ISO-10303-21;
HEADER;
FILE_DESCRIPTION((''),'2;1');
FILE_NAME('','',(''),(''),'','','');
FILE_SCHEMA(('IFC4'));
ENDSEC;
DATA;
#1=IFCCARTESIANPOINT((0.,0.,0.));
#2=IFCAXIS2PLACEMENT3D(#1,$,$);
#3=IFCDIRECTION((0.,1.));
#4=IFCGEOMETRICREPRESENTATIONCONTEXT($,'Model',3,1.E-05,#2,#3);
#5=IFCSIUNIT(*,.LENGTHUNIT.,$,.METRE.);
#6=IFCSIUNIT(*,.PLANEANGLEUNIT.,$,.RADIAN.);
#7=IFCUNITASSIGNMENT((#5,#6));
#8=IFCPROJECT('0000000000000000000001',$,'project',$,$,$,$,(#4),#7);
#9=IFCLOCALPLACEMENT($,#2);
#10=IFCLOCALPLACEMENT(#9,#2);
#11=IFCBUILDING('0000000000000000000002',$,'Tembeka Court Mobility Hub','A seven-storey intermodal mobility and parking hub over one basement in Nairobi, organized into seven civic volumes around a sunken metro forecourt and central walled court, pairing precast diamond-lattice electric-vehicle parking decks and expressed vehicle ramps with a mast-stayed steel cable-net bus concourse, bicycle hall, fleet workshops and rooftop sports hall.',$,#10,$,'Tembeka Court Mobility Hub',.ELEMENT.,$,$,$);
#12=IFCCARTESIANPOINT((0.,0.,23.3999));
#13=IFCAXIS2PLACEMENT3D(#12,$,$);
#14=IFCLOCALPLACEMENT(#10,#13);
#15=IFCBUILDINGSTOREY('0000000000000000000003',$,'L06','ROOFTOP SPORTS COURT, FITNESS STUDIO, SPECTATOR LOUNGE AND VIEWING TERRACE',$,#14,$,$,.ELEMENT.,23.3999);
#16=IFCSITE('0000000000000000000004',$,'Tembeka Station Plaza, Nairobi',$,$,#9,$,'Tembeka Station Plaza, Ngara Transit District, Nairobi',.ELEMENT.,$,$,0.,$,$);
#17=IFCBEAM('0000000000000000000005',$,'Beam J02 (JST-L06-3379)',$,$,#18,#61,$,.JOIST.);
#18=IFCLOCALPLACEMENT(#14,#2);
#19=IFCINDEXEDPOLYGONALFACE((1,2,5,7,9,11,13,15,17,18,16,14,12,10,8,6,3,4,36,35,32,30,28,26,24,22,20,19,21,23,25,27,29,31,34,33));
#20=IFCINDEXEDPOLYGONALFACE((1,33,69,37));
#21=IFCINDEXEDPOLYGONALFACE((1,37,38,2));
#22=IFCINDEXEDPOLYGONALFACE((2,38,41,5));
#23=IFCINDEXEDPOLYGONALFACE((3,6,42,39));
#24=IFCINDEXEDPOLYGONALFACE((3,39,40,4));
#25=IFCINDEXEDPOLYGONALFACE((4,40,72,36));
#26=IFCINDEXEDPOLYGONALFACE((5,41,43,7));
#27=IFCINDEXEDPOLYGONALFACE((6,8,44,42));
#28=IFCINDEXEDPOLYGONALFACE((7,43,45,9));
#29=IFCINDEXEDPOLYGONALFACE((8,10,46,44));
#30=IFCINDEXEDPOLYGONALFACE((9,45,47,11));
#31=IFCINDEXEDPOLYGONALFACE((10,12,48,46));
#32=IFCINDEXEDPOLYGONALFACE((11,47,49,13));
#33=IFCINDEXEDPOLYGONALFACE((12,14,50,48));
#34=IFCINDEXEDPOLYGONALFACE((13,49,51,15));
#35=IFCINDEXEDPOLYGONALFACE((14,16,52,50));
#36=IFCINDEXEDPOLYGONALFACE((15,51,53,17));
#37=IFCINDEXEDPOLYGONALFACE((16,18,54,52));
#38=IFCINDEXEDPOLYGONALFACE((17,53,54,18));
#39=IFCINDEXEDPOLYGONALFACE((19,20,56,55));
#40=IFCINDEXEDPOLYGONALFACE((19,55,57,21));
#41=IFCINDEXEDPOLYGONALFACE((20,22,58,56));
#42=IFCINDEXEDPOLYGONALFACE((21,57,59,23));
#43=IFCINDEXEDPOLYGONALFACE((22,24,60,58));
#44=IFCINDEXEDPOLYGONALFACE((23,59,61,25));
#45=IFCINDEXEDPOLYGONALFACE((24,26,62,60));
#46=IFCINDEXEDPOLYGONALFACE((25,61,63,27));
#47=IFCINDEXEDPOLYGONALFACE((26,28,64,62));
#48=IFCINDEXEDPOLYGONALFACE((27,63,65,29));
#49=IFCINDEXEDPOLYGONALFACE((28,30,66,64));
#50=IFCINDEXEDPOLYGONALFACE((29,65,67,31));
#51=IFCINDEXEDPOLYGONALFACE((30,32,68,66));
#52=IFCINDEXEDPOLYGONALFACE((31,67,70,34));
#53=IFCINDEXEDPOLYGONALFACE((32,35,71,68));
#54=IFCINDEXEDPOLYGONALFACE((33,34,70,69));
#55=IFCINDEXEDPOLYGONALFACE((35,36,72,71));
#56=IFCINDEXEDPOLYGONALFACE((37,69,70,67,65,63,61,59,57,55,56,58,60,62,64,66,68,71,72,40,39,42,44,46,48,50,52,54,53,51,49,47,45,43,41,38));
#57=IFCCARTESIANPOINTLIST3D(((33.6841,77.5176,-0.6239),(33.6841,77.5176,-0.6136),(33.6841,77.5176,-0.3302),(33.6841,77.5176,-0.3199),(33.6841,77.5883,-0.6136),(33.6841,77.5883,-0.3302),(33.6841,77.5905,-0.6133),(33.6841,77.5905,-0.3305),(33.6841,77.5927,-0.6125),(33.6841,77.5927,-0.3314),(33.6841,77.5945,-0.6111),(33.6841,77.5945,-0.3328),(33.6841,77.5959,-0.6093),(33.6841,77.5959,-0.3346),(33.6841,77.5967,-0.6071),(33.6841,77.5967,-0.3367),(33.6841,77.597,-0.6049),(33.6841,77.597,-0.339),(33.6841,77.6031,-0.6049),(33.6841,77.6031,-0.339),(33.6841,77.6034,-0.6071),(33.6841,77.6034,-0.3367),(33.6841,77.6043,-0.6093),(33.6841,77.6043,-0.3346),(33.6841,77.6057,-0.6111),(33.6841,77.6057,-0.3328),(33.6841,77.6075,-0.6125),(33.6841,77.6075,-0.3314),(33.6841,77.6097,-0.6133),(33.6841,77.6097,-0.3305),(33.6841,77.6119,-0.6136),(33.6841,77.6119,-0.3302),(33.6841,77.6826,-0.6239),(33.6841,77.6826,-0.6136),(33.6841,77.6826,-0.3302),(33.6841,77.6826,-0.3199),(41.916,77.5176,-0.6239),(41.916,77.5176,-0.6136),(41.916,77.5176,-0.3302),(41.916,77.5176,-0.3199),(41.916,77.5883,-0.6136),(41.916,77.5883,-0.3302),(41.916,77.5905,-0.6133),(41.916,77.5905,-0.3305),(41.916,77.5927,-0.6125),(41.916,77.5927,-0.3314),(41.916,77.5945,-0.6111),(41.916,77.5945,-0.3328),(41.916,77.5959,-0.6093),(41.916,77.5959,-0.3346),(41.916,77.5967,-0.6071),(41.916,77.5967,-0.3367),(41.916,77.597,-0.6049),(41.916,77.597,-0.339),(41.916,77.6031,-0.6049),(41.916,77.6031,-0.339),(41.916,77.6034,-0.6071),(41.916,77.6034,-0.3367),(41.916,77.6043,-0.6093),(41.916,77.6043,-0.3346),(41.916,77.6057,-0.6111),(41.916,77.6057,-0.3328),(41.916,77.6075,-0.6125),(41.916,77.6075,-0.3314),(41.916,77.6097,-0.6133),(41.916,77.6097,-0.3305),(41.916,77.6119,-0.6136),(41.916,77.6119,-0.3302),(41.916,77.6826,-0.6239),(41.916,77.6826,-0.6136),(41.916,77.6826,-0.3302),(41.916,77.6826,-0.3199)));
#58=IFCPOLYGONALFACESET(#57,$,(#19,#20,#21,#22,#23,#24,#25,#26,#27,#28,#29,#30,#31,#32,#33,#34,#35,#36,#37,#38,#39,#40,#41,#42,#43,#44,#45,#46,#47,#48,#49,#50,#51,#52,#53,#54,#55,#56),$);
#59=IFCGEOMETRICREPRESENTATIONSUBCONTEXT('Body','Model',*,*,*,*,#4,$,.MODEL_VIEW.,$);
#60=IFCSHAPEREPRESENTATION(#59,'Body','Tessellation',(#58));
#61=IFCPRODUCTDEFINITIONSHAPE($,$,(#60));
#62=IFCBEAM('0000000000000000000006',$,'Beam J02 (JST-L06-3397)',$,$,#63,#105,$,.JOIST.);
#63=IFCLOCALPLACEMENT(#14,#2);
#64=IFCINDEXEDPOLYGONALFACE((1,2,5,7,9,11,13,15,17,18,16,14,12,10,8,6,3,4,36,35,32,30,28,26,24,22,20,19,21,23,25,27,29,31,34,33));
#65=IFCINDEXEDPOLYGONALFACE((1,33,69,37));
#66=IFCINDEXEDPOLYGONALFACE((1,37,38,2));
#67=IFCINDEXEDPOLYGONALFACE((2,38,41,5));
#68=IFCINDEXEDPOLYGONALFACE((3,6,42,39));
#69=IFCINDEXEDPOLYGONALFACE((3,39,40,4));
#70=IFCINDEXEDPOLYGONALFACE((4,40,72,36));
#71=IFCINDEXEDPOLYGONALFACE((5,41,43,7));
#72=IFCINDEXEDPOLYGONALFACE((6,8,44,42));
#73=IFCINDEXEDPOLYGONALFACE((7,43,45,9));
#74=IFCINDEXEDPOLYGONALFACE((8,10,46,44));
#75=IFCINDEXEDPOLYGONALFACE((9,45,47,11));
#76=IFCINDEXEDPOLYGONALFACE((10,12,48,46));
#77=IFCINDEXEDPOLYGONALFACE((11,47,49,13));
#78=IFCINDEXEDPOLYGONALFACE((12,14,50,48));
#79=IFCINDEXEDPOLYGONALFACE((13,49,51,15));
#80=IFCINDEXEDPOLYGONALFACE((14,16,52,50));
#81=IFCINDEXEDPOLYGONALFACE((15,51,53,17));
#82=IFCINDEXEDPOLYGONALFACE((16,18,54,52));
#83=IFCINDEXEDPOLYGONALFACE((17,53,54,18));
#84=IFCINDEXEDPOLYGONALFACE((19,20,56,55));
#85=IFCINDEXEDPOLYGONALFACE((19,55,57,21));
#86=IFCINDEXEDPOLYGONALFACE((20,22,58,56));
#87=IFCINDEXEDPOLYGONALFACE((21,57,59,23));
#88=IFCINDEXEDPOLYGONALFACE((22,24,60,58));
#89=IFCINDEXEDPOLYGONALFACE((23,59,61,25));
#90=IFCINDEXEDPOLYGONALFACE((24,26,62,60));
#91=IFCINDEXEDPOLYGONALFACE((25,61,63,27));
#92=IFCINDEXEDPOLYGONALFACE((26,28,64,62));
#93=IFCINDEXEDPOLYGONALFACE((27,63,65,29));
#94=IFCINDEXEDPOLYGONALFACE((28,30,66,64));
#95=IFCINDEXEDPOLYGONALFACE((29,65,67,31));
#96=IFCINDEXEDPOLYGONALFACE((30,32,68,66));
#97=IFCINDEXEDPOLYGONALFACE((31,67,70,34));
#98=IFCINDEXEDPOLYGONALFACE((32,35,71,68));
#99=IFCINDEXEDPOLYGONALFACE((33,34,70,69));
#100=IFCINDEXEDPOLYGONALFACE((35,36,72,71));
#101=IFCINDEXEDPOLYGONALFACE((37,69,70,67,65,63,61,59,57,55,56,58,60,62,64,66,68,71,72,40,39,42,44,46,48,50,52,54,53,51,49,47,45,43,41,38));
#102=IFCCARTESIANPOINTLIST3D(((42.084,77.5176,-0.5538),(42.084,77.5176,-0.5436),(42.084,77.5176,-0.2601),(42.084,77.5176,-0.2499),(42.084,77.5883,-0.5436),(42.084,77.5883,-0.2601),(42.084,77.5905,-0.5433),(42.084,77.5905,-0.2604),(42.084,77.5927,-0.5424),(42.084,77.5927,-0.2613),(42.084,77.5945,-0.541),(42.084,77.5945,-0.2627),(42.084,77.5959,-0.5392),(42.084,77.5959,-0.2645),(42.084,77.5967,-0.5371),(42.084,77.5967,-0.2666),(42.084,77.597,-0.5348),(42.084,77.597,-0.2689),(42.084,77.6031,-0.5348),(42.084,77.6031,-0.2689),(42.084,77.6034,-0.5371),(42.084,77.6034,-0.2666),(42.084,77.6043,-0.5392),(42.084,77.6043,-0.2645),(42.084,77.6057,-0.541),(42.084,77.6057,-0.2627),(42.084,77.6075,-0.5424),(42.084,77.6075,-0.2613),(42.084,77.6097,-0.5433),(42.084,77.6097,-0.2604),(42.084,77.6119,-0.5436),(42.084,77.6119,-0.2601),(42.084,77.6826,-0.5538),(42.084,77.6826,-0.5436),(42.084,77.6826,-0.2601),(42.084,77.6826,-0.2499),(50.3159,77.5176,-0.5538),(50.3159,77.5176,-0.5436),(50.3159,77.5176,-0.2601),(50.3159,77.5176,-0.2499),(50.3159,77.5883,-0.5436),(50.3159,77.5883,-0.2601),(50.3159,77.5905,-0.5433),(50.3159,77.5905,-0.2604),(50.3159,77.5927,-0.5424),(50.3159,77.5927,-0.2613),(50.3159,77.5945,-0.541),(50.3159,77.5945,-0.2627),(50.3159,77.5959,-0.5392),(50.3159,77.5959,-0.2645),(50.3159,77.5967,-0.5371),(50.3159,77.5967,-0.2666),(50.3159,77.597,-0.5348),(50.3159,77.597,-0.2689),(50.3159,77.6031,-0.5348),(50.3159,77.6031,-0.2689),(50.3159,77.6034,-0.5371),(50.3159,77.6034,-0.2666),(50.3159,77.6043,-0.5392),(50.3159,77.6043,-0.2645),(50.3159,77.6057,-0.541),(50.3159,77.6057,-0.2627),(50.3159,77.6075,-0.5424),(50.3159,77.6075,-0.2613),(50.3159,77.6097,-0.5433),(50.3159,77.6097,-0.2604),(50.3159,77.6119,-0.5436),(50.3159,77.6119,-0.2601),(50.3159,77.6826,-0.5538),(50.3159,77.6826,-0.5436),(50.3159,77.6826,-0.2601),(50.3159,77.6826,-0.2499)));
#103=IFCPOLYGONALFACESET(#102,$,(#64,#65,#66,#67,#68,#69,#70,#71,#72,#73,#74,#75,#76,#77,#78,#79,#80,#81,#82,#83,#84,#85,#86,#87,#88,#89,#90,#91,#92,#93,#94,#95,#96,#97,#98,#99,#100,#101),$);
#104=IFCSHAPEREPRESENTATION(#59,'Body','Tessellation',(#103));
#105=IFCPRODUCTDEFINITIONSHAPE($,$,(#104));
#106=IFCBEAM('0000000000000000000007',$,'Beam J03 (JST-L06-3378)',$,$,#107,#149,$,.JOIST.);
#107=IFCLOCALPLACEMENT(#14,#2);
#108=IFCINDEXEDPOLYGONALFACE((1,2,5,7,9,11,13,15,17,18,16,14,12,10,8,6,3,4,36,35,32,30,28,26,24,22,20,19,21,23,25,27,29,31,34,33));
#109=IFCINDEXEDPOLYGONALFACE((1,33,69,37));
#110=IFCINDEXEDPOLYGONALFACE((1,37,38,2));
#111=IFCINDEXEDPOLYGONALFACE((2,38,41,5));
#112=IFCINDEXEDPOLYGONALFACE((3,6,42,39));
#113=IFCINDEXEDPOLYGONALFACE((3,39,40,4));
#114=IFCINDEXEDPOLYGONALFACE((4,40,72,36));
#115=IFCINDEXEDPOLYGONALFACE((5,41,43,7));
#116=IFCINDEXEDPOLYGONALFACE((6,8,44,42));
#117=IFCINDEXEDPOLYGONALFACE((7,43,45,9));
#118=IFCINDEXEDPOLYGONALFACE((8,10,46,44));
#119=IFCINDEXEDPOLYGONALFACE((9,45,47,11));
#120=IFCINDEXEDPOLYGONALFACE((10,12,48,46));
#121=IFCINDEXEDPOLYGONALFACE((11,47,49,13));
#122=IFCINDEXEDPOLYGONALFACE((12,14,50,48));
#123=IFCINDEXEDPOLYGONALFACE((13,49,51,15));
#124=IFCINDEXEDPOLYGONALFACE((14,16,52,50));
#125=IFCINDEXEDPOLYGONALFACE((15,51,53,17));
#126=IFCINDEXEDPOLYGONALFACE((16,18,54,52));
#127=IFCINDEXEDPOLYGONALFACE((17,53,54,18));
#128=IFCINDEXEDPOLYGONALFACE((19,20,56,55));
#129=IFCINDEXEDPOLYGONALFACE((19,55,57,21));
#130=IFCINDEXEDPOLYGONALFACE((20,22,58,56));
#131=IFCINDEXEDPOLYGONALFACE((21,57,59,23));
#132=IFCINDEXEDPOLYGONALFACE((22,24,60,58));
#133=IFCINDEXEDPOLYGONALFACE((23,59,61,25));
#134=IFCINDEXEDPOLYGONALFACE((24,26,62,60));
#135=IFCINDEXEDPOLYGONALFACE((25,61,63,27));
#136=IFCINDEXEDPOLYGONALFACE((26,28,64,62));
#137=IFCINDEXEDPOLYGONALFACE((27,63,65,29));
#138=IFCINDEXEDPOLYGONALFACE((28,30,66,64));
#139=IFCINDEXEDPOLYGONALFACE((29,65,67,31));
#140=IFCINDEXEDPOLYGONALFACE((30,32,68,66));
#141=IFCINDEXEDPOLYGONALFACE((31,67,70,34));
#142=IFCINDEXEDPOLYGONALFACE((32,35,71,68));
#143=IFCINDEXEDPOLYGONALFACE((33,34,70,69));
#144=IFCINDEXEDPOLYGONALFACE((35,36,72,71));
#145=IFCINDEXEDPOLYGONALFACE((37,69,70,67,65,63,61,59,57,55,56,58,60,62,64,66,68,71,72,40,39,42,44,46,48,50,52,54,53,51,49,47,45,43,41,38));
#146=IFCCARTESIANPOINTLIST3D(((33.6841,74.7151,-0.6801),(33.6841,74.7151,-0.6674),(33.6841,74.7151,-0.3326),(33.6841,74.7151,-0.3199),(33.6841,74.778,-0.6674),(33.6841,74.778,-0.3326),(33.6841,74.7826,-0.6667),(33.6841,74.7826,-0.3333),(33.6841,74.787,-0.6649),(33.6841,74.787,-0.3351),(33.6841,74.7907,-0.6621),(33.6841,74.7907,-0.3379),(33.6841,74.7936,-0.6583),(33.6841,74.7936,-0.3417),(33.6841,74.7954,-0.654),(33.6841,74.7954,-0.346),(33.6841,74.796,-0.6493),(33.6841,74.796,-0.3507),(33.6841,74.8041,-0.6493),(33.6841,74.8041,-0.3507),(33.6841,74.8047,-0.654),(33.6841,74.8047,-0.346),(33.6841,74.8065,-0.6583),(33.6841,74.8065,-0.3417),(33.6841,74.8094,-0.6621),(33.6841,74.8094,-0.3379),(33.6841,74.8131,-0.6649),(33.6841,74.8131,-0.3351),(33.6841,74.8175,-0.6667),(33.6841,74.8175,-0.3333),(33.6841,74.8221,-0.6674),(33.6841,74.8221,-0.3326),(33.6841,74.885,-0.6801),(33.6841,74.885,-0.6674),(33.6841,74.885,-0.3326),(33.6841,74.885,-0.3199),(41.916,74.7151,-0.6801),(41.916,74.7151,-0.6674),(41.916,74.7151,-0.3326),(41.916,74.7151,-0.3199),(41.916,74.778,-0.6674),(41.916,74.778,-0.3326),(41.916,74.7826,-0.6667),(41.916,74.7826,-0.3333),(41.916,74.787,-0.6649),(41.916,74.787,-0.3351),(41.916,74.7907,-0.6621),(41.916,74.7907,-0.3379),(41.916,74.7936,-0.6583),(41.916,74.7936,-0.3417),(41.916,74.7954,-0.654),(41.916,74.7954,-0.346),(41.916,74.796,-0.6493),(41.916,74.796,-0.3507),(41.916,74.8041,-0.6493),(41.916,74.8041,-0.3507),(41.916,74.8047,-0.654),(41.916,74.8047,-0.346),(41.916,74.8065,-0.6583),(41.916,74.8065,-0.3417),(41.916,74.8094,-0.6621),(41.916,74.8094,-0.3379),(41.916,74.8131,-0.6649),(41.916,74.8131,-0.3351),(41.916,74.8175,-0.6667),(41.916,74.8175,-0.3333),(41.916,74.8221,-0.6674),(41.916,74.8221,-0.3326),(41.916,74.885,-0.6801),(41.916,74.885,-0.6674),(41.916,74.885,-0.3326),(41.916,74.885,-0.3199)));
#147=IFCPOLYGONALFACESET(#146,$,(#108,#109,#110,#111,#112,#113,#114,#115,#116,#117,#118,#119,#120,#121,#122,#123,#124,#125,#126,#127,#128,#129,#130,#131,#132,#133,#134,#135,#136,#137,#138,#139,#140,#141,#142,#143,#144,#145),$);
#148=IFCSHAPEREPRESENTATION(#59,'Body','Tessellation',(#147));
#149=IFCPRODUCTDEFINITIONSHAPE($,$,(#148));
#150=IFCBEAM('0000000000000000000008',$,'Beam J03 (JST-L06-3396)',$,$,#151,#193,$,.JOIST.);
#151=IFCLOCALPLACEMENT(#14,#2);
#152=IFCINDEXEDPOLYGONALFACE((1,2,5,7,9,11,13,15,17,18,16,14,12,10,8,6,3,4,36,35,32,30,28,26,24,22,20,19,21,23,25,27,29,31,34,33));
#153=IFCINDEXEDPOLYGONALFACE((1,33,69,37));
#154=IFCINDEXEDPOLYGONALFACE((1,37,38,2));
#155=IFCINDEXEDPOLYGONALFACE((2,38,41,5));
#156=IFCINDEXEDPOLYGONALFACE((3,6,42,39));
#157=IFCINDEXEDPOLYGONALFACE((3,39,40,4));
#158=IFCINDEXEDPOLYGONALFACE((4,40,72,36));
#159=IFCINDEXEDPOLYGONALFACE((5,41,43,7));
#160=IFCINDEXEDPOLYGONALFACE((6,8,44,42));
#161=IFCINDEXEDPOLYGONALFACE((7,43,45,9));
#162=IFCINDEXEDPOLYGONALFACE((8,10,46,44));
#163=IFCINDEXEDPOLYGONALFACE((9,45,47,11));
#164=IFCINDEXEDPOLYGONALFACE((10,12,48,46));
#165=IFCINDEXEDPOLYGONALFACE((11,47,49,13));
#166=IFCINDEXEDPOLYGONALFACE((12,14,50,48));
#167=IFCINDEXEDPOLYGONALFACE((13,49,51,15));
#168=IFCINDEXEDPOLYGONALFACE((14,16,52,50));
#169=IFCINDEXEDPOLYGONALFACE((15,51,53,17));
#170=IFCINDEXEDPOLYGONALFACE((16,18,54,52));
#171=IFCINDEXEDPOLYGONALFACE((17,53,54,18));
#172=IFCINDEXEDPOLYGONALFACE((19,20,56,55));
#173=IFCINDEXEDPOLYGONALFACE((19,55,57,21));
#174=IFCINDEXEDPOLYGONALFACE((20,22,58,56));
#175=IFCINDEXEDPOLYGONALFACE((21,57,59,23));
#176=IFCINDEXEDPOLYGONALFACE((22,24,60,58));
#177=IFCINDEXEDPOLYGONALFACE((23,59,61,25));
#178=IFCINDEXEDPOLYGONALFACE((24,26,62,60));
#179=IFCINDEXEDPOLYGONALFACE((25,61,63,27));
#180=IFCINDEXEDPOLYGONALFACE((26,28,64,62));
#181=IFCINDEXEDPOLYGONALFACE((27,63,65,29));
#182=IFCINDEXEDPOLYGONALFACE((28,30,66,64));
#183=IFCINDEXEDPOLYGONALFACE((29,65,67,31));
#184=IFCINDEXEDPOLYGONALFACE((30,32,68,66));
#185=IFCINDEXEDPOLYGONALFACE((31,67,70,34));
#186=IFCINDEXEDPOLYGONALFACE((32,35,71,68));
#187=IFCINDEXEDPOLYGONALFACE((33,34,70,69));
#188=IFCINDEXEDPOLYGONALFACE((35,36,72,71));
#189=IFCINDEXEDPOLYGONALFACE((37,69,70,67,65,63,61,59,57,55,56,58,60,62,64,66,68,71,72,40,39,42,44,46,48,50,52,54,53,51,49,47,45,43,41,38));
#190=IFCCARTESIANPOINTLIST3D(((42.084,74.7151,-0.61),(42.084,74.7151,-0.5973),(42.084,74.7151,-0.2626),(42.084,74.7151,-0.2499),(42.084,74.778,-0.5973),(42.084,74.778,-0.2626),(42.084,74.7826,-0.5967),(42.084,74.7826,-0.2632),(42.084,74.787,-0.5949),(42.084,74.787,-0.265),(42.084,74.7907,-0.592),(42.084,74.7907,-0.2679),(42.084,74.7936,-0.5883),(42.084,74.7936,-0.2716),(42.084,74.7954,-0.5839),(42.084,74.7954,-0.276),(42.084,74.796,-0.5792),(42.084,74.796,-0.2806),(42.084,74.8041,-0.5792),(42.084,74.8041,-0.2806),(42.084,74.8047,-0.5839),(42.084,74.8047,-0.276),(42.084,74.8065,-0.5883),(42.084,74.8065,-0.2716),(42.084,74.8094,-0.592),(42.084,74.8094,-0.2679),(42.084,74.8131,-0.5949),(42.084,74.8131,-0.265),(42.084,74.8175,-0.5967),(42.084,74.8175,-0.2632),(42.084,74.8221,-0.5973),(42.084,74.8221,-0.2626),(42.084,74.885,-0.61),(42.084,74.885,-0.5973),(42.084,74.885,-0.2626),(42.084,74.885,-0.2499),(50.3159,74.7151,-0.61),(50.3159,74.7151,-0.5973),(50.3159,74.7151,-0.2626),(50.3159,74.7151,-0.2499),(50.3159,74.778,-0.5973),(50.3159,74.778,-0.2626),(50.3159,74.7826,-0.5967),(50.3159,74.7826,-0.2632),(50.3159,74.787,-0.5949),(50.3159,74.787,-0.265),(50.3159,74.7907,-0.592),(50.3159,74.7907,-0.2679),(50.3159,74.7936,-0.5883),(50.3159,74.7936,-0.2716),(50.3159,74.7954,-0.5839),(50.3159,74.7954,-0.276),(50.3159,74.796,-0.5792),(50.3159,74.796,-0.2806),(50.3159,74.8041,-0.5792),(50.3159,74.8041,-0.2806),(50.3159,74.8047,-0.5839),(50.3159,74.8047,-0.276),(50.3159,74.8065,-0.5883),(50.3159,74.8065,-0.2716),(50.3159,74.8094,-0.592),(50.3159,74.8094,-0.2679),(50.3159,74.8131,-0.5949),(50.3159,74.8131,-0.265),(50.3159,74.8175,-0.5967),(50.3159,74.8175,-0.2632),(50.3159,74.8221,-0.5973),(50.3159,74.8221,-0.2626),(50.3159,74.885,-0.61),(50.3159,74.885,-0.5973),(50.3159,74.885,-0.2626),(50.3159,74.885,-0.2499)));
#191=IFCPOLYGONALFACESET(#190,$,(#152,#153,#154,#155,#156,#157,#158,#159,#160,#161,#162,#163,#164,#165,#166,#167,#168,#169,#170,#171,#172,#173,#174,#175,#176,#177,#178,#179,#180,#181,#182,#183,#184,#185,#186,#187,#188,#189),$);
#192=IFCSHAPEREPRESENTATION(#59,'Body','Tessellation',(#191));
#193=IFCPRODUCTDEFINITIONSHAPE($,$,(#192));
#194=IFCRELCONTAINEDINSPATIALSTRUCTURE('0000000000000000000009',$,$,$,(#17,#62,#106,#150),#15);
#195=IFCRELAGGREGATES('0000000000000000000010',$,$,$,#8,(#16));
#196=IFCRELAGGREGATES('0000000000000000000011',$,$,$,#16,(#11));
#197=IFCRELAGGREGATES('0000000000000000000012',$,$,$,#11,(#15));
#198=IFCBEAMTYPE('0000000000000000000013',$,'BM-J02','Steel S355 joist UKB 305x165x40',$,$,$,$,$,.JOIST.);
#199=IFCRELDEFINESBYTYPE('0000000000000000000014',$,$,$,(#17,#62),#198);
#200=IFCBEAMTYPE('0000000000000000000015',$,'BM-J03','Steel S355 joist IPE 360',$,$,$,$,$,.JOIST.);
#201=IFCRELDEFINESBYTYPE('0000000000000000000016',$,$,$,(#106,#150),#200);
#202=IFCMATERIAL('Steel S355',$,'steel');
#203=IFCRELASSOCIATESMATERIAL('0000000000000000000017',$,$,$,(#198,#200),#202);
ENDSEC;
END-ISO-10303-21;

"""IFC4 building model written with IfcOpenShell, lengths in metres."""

from ifc_helpers import new_model, si_unit, direction, frame, origin, origin_2d, place, context, subcontext, project, spatial, i_section, extrude, material, material_profile, profile_set, type_object, element, save


model = new_model("IFC4")

# Units and contexts
model_context = context("Model", 3, precision=1e-05, world=origin(), true_north=direction((0.0, 1.0)))
body_context = subcontext(model_context, "Body", "Model", "MODEL_VIEW")
ifc_project = project(units=[si_unit("LENGTHUNIT", "METRE"), si_unit("PLANEANGLEUNIT", "RADIAN")], contexts=[model_context])

# Site, building, storey
site_placement = place(None, origin())
site = spatial("IfcSite", under=ifc_project, at=site_placement, Name="Tembeka Station Plaza, Nairobi", LongName="Tembeka Station Plaza, Ngara Transit District, Nairobi", CompositionType="ELEMENT", RefElevation=0.0)
building_placement = place(site_placement, origin())
building = spatial("IfcBuilding", under=site, at=building_placement, Name="Tembeka Court Mobility Hub", Description="A seven-storey intermodal mobility and parking hub over one basement in Nairobi, organized into seven civic volumes around a sunken metro forecourt and central walled court, pairing precast diamond-lattice electric-vehicle parking decks and expressed vehicle ramps with a mast-stayed steel cable-net bus concourse, bicycle hall, fleet workshops and rooftop sports hall.", LongName="Tembeka Court Mobility Hub", CompositionType="ELEMENT")
storey_placement = place(building_placement, frame((0.0, 0.0, 23.3999)))
storey = spatial("IfcBuildingStorey", under=building, at=storey_placement, Name="L06", Description="ROOFTOP SPORTS COURT, FITNESS STUDIO, SPECTATOR LOUNGE AND VIEWING TERRACE", CompositionType="ELEMENT", Elevation=23.3999)

# Beams
ifc_material_1 = material(Name="Steel S355", Category="steel")
ifc_material_profile_1 = material_profile(ifc_material_1, i_section(OverallWidth=0.165, OverallDepth=0.304, WebThickness=0.0061, FlangeThickness=0.0103, FilletRadius=0.0088, at=origin_2d()), Name="UKB 305x165x40")
ifc_profile_set_1 = profile_set([ifc_material_profile_1], Name="Steel S355")
beam_type_1 = type_object("IfcBeamType", Name="BM-J02", Description="Steel S355 joist UKB 305x165x40", PredefinedType="JOIST", material=ifc_profile_set_1)
for number, where, z_axis, x_axis, name in (
    (1, (33.6841, 77.6001, -0.4719), (1.0, 0.0, 0.0), (0.0, 1.0, 0.0), "Beam J02 (JST-L06-3379)"),
    (2, (42.084, 77.6001, -0.4019), (1.0, 0.0, 0.0), (0.0, 1.0, 0.0), "Beam J02 (JST-L06-3397)"),
):
    element("IfcBeam", number, at=place(storey_placement, frame(where, z_axis=z_axis, x_axis=x_axis)), inside=storey, type_object=beam_type_1, Name=name, PredefinedType="JOIST", context=body_context, shape_type="SweptSolid", body=[
        extrude(i_section(OverallWidth=0.165, OverallDepth=0.304, WebThickness=0.0061, FlangeThickness=0.0103, FilletRadius=0.0088, at=origin_2d()), origin(), (0.0, 0.0, 1.0), 8.2319),
    ])
ifc_material_profile_2 = material_profile(ifc_material_1, i_section(OverallWidth=0.1699, OverallDepth=0.3601, WebThickness=0.0081, FlangeThickness=0.0127, FilletRadius=0.0181, at=origin_2d()), Name="IPE 360")
ifc_profile_set_2 = profile_set([ifc_material_profile_2], Name="Steel S355")
beam_type_2 = type_object("IfcBeamType", Name="BM-J03", Description="Steel S355 joist IPE 360", PredefinedType="JOIST", material=ifc_profile_set_2)
for number, where, z_axis, x_axis, name in (
    (3, (33.6841, 74.8, -0.5), (1.0, 0.0, 0.0), (0.0, 1.0, 0.0), "Beam J03 (JST-L06-3378)"),
    (4, (42.084, 74.8, -0.4299), (1.0, 0.0, 0.0), (0.0, 1.0, 0.0), "Beam J03 (JST-L06-3396)"),
):
    element("IfcBeam", number, at=place(storey_placement, frame(where, z_axis=z_axis, x_axis=x_axis)), inside=storey, type_object=beam_type_2, Name=name, PredefinedType="JOIST", context=body_context, shape_type="SweptSolid", body=[
        extrude(i_section(OverallWidth=0.1699, OverallDepth=0.3601, WebThickness=0.0081, FlangeThickness=0.0127, FilletRadius=0.0181, at=origin_2d()), origin(), (0.0, 0.0, 1.0), 8.2319),
    ])

save(model, "model.ifc")
